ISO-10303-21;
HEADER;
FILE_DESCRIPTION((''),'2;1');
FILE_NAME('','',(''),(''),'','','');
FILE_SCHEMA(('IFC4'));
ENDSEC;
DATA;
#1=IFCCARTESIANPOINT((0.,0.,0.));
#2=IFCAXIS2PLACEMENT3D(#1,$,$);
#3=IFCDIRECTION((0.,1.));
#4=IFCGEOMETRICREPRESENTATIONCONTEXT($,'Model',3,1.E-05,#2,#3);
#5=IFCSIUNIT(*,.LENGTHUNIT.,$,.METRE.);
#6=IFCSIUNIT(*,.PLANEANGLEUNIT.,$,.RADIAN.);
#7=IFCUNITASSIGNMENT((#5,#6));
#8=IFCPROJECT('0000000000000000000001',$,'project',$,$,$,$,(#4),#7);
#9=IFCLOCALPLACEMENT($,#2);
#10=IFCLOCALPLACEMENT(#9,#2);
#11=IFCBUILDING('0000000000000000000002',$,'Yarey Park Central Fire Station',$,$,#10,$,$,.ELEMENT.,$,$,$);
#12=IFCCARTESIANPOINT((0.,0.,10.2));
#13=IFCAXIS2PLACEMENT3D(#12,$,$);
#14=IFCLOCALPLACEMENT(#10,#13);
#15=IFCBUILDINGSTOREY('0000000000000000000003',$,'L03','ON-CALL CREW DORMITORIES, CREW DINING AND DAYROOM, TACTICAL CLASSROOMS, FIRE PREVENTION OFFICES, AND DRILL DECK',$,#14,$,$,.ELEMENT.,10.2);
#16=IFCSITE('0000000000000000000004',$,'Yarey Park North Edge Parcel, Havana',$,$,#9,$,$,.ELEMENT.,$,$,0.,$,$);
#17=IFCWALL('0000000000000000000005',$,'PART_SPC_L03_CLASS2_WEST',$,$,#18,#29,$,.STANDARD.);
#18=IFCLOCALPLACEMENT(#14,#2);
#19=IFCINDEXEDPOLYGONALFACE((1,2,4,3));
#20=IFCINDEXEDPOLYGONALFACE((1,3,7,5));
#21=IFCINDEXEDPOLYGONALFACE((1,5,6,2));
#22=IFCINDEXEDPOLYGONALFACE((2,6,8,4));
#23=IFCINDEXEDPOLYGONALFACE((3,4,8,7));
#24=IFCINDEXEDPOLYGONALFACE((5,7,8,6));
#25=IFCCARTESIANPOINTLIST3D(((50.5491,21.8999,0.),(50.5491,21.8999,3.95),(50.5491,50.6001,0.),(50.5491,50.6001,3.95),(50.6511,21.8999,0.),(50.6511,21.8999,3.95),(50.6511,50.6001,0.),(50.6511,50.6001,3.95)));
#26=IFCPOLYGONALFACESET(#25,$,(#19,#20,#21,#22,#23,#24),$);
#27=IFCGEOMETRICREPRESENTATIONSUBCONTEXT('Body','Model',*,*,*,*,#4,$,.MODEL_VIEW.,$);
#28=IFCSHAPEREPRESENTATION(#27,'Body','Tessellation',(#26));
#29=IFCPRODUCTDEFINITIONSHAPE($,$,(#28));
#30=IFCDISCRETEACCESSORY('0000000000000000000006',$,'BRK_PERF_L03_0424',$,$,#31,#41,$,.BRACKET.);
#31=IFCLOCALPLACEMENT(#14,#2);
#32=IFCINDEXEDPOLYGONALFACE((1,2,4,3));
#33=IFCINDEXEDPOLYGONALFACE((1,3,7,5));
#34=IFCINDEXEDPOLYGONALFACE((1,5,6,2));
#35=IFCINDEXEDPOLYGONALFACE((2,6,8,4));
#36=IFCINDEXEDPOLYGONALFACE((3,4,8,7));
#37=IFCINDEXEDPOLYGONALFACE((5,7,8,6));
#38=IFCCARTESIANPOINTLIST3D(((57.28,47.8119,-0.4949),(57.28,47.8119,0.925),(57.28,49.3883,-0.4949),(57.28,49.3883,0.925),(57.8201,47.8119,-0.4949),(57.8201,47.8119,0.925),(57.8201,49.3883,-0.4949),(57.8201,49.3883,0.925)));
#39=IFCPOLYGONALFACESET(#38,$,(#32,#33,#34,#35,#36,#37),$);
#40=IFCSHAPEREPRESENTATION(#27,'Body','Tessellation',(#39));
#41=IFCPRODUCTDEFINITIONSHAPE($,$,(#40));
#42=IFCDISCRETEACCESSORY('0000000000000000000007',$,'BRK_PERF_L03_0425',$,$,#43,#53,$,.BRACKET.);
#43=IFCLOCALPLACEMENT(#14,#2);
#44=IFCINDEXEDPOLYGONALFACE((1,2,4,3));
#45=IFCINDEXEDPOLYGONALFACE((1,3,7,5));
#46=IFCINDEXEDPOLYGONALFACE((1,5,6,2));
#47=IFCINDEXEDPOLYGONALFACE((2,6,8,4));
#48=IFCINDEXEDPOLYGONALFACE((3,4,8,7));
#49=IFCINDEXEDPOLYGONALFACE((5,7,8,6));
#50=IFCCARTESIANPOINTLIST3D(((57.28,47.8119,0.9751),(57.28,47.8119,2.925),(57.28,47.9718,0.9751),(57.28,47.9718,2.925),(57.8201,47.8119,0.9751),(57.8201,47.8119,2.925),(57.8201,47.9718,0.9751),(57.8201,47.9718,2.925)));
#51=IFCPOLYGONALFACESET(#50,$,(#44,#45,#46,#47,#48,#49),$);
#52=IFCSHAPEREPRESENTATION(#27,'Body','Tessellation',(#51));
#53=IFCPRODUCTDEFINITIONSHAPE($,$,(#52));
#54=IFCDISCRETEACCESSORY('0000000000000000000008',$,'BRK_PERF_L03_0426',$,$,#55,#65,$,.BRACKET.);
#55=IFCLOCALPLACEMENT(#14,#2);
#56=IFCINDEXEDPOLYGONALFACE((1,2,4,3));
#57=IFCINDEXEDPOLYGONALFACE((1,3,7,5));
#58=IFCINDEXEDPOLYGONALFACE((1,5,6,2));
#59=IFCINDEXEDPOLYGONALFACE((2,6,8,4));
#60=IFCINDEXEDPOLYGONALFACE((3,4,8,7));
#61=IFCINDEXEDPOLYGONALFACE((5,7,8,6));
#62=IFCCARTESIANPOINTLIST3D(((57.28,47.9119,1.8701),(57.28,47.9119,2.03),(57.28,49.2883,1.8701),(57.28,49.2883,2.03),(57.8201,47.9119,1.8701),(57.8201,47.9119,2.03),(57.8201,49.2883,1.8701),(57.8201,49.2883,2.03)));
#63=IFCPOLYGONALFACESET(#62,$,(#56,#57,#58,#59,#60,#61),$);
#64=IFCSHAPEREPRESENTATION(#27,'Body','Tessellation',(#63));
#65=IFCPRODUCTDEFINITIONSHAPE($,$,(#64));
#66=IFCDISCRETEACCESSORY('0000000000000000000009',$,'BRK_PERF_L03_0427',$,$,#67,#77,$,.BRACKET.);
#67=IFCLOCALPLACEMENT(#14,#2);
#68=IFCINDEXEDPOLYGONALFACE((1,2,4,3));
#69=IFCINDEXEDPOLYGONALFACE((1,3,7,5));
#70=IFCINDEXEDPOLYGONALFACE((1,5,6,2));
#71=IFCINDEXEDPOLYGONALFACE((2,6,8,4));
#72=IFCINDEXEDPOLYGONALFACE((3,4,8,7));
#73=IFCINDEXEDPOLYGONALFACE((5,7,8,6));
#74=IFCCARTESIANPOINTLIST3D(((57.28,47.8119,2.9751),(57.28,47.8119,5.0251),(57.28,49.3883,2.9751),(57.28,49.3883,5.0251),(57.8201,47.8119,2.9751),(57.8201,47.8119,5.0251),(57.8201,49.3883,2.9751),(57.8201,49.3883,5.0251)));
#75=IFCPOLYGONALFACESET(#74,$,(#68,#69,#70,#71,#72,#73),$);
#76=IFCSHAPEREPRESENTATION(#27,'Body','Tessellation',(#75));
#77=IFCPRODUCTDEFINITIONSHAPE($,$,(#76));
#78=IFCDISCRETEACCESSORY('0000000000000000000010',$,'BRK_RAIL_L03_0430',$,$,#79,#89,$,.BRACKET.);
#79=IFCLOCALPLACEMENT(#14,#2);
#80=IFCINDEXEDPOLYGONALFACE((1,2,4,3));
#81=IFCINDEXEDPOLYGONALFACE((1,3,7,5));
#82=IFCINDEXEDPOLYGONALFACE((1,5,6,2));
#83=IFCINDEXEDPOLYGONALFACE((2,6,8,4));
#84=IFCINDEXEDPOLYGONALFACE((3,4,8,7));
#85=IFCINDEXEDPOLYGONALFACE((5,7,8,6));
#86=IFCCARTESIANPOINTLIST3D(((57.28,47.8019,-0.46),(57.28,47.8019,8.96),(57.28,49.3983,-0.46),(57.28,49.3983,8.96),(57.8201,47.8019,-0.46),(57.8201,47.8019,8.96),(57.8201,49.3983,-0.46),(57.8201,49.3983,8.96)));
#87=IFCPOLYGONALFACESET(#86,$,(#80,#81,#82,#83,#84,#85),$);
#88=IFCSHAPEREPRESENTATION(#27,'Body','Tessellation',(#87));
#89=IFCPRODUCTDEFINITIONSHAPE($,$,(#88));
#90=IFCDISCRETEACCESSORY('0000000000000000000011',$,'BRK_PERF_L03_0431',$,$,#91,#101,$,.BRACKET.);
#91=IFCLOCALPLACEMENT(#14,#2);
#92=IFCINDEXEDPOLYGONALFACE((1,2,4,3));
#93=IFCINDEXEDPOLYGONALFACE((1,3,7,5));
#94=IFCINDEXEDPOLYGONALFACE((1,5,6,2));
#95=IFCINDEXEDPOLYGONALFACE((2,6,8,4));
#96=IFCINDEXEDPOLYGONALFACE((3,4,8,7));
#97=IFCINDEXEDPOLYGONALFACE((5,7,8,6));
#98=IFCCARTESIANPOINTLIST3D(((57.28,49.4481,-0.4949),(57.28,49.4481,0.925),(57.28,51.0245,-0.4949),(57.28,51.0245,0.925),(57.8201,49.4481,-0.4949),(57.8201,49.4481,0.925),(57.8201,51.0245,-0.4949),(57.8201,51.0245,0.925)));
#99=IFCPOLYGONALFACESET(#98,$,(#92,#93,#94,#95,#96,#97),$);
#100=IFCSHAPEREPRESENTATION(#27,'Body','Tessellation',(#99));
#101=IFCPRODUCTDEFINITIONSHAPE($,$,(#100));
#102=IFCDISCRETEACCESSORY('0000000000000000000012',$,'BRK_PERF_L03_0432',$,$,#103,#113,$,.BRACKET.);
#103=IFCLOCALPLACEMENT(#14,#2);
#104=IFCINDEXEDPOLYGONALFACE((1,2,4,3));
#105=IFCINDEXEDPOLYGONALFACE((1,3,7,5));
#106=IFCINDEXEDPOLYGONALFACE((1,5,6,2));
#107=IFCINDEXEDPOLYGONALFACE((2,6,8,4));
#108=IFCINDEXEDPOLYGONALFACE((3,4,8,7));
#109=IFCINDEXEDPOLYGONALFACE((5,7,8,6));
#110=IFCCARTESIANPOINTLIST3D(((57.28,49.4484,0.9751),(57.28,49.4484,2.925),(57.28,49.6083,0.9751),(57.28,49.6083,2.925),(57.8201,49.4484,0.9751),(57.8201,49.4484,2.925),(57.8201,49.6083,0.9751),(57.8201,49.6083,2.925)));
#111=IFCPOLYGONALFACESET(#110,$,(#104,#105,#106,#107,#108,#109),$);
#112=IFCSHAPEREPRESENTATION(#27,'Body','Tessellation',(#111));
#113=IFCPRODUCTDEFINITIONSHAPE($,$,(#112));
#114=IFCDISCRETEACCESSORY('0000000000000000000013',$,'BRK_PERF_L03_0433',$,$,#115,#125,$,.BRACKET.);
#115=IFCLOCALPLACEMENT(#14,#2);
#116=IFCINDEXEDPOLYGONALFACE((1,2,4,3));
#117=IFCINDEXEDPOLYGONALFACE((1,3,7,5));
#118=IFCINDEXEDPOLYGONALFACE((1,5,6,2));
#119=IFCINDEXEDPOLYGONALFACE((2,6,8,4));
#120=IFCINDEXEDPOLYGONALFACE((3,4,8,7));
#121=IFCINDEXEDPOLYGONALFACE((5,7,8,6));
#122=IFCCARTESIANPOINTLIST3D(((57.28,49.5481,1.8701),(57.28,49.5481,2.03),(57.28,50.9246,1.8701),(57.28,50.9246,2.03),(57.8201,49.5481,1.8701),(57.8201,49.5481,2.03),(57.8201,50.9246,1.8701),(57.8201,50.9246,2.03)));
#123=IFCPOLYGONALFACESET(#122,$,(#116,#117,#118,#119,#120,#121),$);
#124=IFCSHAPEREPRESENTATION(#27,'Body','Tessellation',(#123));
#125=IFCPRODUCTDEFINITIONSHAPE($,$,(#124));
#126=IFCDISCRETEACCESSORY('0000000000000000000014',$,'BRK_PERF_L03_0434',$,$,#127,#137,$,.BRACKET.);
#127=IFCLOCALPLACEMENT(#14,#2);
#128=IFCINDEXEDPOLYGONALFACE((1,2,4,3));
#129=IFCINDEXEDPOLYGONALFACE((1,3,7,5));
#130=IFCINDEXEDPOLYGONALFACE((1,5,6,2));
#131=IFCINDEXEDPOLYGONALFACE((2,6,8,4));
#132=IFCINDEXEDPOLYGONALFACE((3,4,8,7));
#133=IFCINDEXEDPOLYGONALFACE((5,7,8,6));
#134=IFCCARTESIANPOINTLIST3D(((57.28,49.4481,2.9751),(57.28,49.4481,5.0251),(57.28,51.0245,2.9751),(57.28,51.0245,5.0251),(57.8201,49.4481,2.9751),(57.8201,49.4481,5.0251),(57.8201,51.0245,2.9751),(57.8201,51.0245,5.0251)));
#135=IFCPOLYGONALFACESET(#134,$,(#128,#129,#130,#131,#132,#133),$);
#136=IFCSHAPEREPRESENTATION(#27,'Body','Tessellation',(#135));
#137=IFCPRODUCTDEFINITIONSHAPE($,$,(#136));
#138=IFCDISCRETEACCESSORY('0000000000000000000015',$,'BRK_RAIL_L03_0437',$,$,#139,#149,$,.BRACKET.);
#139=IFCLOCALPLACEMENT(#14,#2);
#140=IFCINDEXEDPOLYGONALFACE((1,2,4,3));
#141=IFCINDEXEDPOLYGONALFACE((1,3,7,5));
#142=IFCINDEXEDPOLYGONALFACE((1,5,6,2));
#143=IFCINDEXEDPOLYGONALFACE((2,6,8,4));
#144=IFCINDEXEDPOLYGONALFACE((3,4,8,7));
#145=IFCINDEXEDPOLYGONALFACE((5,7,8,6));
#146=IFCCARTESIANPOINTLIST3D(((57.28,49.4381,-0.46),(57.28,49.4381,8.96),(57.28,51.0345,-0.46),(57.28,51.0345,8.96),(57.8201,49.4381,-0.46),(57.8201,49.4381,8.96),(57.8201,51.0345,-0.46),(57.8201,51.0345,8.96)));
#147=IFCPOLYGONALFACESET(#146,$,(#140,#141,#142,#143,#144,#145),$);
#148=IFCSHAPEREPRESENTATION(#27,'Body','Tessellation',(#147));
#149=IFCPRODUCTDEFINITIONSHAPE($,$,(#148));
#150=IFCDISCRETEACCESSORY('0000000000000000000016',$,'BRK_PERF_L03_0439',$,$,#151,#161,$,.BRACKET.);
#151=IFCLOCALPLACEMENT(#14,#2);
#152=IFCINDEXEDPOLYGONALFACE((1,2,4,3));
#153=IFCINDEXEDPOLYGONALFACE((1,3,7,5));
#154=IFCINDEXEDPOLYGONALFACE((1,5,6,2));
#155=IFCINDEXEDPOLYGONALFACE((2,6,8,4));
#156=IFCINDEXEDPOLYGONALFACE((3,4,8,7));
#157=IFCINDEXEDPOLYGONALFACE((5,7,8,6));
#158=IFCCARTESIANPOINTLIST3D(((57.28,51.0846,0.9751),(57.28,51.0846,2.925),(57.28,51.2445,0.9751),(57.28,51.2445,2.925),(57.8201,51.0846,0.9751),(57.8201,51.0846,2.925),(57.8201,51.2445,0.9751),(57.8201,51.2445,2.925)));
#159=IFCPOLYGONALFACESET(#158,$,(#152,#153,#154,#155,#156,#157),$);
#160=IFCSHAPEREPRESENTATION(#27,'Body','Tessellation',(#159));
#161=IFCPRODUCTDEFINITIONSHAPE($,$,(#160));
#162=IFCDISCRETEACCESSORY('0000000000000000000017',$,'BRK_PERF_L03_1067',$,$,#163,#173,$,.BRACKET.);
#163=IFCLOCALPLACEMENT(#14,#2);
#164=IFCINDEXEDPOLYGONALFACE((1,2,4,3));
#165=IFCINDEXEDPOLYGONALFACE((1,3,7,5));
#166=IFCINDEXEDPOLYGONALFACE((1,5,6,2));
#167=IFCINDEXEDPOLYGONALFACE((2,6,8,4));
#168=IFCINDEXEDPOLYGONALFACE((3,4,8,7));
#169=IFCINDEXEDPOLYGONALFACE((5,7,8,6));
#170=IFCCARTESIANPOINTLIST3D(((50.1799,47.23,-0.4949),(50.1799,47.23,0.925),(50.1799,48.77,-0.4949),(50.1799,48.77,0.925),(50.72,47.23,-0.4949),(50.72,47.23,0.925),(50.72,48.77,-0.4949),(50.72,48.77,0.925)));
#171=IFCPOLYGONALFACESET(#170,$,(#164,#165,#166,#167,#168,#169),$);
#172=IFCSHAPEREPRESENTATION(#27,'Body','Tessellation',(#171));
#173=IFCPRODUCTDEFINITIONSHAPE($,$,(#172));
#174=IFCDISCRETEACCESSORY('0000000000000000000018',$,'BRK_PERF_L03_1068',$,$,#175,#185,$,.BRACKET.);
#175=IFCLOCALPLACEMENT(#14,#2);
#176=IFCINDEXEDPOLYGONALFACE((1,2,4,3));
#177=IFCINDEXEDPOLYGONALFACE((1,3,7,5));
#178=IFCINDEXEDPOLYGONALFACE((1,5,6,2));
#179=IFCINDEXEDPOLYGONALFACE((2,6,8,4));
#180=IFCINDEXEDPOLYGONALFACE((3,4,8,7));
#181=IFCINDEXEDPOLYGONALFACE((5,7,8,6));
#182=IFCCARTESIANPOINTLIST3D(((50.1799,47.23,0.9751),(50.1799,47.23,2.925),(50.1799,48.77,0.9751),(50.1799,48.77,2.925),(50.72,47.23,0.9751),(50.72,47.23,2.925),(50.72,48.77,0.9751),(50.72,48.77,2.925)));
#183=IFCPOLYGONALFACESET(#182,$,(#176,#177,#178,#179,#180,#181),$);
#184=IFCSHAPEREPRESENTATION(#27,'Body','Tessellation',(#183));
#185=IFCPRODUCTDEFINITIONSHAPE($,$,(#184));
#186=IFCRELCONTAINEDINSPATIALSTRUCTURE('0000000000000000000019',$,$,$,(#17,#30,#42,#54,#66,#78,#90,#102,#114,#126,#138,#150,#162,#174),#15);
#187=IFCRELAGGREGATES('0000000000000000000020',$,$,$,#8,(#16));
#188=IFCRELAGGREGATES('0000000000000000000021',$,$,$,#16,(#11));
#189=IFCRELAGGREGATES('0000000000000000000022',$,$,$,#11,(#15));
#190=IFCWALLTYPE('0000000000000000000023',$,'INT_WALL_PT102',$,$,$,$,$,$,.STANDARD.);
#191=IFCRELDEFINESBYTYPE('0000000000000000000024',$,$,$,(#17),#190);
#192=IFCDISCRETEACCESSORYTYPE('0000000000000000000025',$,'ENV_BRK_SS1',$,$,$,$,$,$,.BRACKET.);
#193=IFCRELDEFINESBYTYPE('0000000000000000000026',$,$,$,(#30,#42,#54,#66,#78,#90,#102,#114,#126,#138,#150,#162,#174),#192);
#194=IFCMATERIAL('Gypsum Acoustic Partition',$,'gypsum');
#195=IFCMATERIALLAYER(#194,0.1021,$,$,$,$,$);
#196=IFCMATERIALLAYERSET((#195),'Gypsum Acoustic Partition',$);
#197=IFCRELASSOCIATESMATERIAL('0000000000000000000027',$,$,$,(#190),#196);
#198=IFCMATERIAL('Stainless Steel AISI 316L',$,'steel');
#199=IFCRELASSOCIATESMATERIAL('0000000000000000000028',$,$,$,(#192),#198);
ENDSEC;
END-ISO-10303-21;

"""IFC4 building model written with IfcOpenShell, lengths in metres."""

from ifc_helpers import new_model, si_unit, direction, frame, frame_2d, origin, origin_2d, place, context, subcontext, project, spatial, rectangle, extrude, material, layer, layer_set, type_object, element, save


model = new_model("IFC4")

# Units and contexts
model_context = context("Model", 3, precision=1e-05, world=origin(), true_north=direction((0.0, 1.0)))
body_context = subcontext(model_context, "Body", "Model", "MODEL_VIEW")
ifc_project = project(units=[si_unit("LENGTHUNIT", "METRE"), si_unit("PLANEANGLEUNIT", "RADIAN")], contexts=[model_context])

# Site, building, storey
site_placement = place(None, origin())
site = spatial("IfcSite", under=ifc_project, at=site_placement, Name="Yarey Park North Edge Parcel, Havana", CompositionType="ELEMENT", RefElevation=0.0)
building_placement = place(site_placement, origin())
building = spatial("IfcBuilding", under=site, at=building_placement, Name="Yarey Park Central Fire Station", CompositionType="ELEMENT")
storey_placement = place(building_placement, frame((0.0, 0.0, 10.2)))
storey = spatial("IfcBuildingStorey", under=building, at=storey_placement, Name="L03", Description="ON-CALL CREW DORMITORIES, CREW DINING AND DAYROOM, TACTICAL CLASSROOMS, FIRE PREVENTION OFFICES, AND DRILL DECK", CompositionType="ELEMENT", Elevation=10.2)

# Wall
ifc_material_1 = material(Name="Gypsum Acoustic Partition", Category="gypsum")
ifc_layer_1 = layer(ifc_material_1, 0.1021)
ifc_layer_set_1 = layer_set([ifc_layer_1], Name="Gypsum Acoustic Partition")
wall_type_1 = type_object("IfcWallType", Name="INT_WALL_PT102", PredefinedType="STANDARD", material=ifc_layer_set_1)
wall_1_placement = place(storey_placement, frame((50.6001, 50.6001, 0.0), z_axis=(0.0, 0.0, 1.0), x_axis=(0.0, -1.0, 0.0)))
element("IfcWall", 1, at=wall_1_placement, inside=storey, type_object=wall_type_1, Name="PART_SPC_L03_CLASS2_WEST", PredefinedType="STANDARD", context=body_context, shape_type="SweptSolid", body=[
    extrude(rectangle(XDim=28.7002, YDim=0.1021, at=frame_2d((14.3501, 0.0))), origin(), (0.0, 0.0, 1.0), 3.95),
])

# Discrete accessories
ifc_material_2 = material(Name="Stainless Steel AISI 316L", Category="steel")
discrete_accessory_type = type_object("IfcDiscreteAccessoryType", Name="ENV_BRK_SS1", PredefinedType="BRACKET", material=ifc_material_2)
discrete_accessory_1_placement = place(storey_placement, frame((57.55, 48.6001, -0.4949), z_axis=(0.0, 0.0, 1.0), x_axis=(1.0, 0.0, 0.0)))
element("IfcDiscreteAccessory", 2, at=discrete_accessory_1_placement, inside=storey, type_object=discrete_accessory_type, Name="BRK_PERF_L03_0424", PredefinedType="BRACKET", context=body_context, shape_type="SweptSolid", body=[
    extrude(rectangle(XDim=0.54, YDim=1.5764, at=origin_2d()), origin(), (0.0, 0.0, 1.0), 1.4199),
])
discrete_accessory_2_placement = place(storey_placement, frame((57.55, 47.8918, 0.9751), z_axis=(0.0, 0.0, 1.0), x_axis=(1.0, 0.0, 0.0)))
element("IfcDiscreteAccessory", 3, at=discrete_accessory_2_placement, inside=storey, type_object=discrete_accessory_type, Name="BRK_PERF_L03_0425", PredefinedType="BRACKET", context=body_context, shape_type="SweptSolid", body=[
    extrude(rectangle(XDim=0.54, YDim=0.1599, at=origin_2d()), origin(), (0.0, 0.0, 1.0), 1.95),
])
discrete_accessory_3_placement = place(storey_placement, frame((57.55, 48.6001, 1.8701), z_axis=(0.0, 0.0, 1.0), x_axis=(1.0, 0.0, 0.0)))
element("IfcDiscreteAccessory", 4, at=discrete_accessory_3_placement, inside=storey, type_object=discrete_accessory_type, Name="BRK_PERF_L03_0426", PredefinedType="BRACKET", context=body_context, shape_type="SweptSolid", body=[
    extrude(rectangle(XDim=0.54, YDim=1.3765, at=origin_2d()), origin(), (0.0, 0.0, 1.0), 0.1599),
])
discrete_accessory_4_placement = place(storey_placement, frame((57.55, 48.6001, 2.9751), z_axis=(0.0, 0.0, 1.0), x_axis=(1.0, 0.0, 0.0)))
element("IfcDiscreteAccessory", 5, at=discrete_accessory_4_placement, inside=storey, type_object=discrete_accessory_type, Name="BRK_PERF_L03_0427", PredefinedType="BRACKET", context=body_context, shape_type="SweptSolid", body=[
    extrude(rectangle(XDim=0.54, YDim=1.5764, at=origin_2d()), origin(), (0.0, 0.0, 1.0), 2.05),
])
discrete_accessory_5_placement = place(storey_placement, frame((57.55, 48.6001, -0.46), z_axis=(0.0, 0.0, 1.0), x_axis=(1.0, 0.0, 0.0)))
element("IfcDiscreteAccessory", 6, at=discrete_accessory_5_placement, inside=storey, type_object=discrete_accessory_type, Name="BRK_RAIL_L03_0430", PredefinedType="BRACKET", context=body_context, shape_type="SweptSolid", body=[
    extrude(rectangle(XDim=0.54, YDim=1.5964, at=origin_2d()), origin(), (0.0, 0.0, 1.0), 9.4199),
])
discrete_accessory_6_placement = place(storey_placement, frame((57.55, 50.2363, -0.4949), z_axis=(0.0, 0.0, 1.0), x_axis=(1.0, 0.0, 0.0)))
element("IfcDiscreteAccessory", 7, at=discrete_accessory_6_placement, inside=storey, type_object=discrete_accessory_type, Name="BRK_PERF_L03_0431", PredefinedType="BRACKET", context=body_context, shape_type="SweptSolid", body=[
    extrude(rectangle(XDim=0.54, YDim=1.5764, at=origin_2d()), origin(), (0.0, 0.0, 1.0), 1.4199),
])
discrete_accessory_7_placement = place(storey_placement, frame((57.55, 49.5283, 0.9751), z_axis=(0.0, 0.0, 1.0), x_axis=(1.0, 0.0, 0.0)))
element("IfcDiscreteAccessory", 8, at=discrete_accessory_7_placement, inside=storey, type_object=discrete_accessory_type, Name="BRK_PERF_L03_0432", PredefinedType="BRACKET", context=body_context, shape_type="SweptSolid", body=[
    extrude(rectangle(XDim=0.54, YDim=0.1599, at=origin_2d()), origin(), (0.0, 0.0, 1.0), 1.95),
])
discrete_accessory_8_placement = place(storey_placement, frame((57.55, 50.2363, 1.8701), z_axis=(0.0, 0.0, 1.0), x_axis=(1.0, 0.0, 0.0)))
element("IfcDiscreteAccessory", 9, at=discrete_accessory_8_placement, inside=storey, type_object=discrete_accessory_type, Name="BRK_PERF_L03_0433", PredefinedType="BRACKET", context=body_context, shape_type="SweptSolid", body=[
    extrude(rectangle(XDim=0.54, YDim=1.3765, at=origin_2d()), origin(), (0.0, 0.0, 1.0), 0.1599),
])
discrete_accessory_9_placement = place(storey_placement, frame((57.55, 50.2363, 2.9751), z_axis=(0.0, 0.0, 1.0), x_axis=(1.0, 0.0, 0.0)))
element("IfcDiscreteAccessory", 10, at=discrete_accessory_9_placement, inside=storey, type_object=discrete_accessory_type, Name="BRK_PERF_L03_0434", PredefinedType="BRACKET", context=body_context, shape_type="SweptSolid", body=[
    extrude(rectangle(XDim=0.54, YDim=1.5764, at=origin_2d()), origin(), (0.0, 0.0, 1.0), 2.05),
])
discrete_accessory_10_placement = place(storey_placement, frame((57.55, 50.2363, -0.46), z_axis=(0.0, 0.0, 1.0), x_axis=(1.0, 0.0, 0.0)))
element("IfcDiscreteAccessory", 11, at=discrete_accessory_10_placement, inside=storey, type_object=discrete_accessory_type, Name="BRK_RAIL_L03_0437", PredefinedType="BRACKET", context=body_context, shape_type="SweptSolid", body=[
    extrude(rectangle(XDim=0.54, YDim=1.5964, at=origin_2d()), origin(), (0.0, 0.0, 1.0), 9.4199),
])
discrete_accessory_11_placement = place(storey_placement, frame((57.55, 51.1646, 0.9751), z_axis=(0.0, 0.0, 1.0), x_axis=(1.0, 0.0, 0.0)))
element("IfcDiscreteAccessory", 12, at=discrete_accessory_11_placement, inside=storey, type_object=discrete_accessory_type, Name="BRK_PERF_L03_0439", PredefinedType="BRACKET", context=body_context, shape_type="SweptSolid", body=[
    extrude(rectangle(XDim=0.54, YDim=0.1599, at=origin_2d()), origin(), (0.0, 0.0, 1.0), 1.95),
])
discrete_accessory_12_placement = place(storey_placement, frame((50.45, 48.0, -0.4949), z_axis=(0.0, 0.0, 1.0), x_axis=(1.0, 0.0, 0.0)))
element("IfcDiscreteAccessory", 13, at=discrete_accessory_12_placement, inside=storey, type_object=discrete_accessory_type, Name="BRK_PERF_L03_1067", PredefinedType="BRACKET", context=body_context, shape_type="SweptSolid", body=[
    extrude(rectangle(XDim=0.54, YDim=1.54, at=origin_2d()), origin(), (0.0, 0.0, 1.0), 1.4199),
])
discrete_accessory_13_placement = place(storey_placement, frame((50.45, 48.0, 0.9751), z_axis=(0.0, 0.0, 1.0), x_axis=(1.0, 0.0, 0.0)))
element("IfcDiscreteAccessory", 14, at=discrete_accessory_13_placement, inside=storey, type_object=discrete_accessory_type, Name="BRK_PERF_L03_1068", PredefinedType="BRACKET", context=body_context, shape_type="SweptSolid", body=[
    extrude(rectangle(XDim=0.54, YDim=1.54, at=origin_2d()), origin(), (0.0, 0.0, 1.0), 1.95),
])

save(model, "model.ifc")
